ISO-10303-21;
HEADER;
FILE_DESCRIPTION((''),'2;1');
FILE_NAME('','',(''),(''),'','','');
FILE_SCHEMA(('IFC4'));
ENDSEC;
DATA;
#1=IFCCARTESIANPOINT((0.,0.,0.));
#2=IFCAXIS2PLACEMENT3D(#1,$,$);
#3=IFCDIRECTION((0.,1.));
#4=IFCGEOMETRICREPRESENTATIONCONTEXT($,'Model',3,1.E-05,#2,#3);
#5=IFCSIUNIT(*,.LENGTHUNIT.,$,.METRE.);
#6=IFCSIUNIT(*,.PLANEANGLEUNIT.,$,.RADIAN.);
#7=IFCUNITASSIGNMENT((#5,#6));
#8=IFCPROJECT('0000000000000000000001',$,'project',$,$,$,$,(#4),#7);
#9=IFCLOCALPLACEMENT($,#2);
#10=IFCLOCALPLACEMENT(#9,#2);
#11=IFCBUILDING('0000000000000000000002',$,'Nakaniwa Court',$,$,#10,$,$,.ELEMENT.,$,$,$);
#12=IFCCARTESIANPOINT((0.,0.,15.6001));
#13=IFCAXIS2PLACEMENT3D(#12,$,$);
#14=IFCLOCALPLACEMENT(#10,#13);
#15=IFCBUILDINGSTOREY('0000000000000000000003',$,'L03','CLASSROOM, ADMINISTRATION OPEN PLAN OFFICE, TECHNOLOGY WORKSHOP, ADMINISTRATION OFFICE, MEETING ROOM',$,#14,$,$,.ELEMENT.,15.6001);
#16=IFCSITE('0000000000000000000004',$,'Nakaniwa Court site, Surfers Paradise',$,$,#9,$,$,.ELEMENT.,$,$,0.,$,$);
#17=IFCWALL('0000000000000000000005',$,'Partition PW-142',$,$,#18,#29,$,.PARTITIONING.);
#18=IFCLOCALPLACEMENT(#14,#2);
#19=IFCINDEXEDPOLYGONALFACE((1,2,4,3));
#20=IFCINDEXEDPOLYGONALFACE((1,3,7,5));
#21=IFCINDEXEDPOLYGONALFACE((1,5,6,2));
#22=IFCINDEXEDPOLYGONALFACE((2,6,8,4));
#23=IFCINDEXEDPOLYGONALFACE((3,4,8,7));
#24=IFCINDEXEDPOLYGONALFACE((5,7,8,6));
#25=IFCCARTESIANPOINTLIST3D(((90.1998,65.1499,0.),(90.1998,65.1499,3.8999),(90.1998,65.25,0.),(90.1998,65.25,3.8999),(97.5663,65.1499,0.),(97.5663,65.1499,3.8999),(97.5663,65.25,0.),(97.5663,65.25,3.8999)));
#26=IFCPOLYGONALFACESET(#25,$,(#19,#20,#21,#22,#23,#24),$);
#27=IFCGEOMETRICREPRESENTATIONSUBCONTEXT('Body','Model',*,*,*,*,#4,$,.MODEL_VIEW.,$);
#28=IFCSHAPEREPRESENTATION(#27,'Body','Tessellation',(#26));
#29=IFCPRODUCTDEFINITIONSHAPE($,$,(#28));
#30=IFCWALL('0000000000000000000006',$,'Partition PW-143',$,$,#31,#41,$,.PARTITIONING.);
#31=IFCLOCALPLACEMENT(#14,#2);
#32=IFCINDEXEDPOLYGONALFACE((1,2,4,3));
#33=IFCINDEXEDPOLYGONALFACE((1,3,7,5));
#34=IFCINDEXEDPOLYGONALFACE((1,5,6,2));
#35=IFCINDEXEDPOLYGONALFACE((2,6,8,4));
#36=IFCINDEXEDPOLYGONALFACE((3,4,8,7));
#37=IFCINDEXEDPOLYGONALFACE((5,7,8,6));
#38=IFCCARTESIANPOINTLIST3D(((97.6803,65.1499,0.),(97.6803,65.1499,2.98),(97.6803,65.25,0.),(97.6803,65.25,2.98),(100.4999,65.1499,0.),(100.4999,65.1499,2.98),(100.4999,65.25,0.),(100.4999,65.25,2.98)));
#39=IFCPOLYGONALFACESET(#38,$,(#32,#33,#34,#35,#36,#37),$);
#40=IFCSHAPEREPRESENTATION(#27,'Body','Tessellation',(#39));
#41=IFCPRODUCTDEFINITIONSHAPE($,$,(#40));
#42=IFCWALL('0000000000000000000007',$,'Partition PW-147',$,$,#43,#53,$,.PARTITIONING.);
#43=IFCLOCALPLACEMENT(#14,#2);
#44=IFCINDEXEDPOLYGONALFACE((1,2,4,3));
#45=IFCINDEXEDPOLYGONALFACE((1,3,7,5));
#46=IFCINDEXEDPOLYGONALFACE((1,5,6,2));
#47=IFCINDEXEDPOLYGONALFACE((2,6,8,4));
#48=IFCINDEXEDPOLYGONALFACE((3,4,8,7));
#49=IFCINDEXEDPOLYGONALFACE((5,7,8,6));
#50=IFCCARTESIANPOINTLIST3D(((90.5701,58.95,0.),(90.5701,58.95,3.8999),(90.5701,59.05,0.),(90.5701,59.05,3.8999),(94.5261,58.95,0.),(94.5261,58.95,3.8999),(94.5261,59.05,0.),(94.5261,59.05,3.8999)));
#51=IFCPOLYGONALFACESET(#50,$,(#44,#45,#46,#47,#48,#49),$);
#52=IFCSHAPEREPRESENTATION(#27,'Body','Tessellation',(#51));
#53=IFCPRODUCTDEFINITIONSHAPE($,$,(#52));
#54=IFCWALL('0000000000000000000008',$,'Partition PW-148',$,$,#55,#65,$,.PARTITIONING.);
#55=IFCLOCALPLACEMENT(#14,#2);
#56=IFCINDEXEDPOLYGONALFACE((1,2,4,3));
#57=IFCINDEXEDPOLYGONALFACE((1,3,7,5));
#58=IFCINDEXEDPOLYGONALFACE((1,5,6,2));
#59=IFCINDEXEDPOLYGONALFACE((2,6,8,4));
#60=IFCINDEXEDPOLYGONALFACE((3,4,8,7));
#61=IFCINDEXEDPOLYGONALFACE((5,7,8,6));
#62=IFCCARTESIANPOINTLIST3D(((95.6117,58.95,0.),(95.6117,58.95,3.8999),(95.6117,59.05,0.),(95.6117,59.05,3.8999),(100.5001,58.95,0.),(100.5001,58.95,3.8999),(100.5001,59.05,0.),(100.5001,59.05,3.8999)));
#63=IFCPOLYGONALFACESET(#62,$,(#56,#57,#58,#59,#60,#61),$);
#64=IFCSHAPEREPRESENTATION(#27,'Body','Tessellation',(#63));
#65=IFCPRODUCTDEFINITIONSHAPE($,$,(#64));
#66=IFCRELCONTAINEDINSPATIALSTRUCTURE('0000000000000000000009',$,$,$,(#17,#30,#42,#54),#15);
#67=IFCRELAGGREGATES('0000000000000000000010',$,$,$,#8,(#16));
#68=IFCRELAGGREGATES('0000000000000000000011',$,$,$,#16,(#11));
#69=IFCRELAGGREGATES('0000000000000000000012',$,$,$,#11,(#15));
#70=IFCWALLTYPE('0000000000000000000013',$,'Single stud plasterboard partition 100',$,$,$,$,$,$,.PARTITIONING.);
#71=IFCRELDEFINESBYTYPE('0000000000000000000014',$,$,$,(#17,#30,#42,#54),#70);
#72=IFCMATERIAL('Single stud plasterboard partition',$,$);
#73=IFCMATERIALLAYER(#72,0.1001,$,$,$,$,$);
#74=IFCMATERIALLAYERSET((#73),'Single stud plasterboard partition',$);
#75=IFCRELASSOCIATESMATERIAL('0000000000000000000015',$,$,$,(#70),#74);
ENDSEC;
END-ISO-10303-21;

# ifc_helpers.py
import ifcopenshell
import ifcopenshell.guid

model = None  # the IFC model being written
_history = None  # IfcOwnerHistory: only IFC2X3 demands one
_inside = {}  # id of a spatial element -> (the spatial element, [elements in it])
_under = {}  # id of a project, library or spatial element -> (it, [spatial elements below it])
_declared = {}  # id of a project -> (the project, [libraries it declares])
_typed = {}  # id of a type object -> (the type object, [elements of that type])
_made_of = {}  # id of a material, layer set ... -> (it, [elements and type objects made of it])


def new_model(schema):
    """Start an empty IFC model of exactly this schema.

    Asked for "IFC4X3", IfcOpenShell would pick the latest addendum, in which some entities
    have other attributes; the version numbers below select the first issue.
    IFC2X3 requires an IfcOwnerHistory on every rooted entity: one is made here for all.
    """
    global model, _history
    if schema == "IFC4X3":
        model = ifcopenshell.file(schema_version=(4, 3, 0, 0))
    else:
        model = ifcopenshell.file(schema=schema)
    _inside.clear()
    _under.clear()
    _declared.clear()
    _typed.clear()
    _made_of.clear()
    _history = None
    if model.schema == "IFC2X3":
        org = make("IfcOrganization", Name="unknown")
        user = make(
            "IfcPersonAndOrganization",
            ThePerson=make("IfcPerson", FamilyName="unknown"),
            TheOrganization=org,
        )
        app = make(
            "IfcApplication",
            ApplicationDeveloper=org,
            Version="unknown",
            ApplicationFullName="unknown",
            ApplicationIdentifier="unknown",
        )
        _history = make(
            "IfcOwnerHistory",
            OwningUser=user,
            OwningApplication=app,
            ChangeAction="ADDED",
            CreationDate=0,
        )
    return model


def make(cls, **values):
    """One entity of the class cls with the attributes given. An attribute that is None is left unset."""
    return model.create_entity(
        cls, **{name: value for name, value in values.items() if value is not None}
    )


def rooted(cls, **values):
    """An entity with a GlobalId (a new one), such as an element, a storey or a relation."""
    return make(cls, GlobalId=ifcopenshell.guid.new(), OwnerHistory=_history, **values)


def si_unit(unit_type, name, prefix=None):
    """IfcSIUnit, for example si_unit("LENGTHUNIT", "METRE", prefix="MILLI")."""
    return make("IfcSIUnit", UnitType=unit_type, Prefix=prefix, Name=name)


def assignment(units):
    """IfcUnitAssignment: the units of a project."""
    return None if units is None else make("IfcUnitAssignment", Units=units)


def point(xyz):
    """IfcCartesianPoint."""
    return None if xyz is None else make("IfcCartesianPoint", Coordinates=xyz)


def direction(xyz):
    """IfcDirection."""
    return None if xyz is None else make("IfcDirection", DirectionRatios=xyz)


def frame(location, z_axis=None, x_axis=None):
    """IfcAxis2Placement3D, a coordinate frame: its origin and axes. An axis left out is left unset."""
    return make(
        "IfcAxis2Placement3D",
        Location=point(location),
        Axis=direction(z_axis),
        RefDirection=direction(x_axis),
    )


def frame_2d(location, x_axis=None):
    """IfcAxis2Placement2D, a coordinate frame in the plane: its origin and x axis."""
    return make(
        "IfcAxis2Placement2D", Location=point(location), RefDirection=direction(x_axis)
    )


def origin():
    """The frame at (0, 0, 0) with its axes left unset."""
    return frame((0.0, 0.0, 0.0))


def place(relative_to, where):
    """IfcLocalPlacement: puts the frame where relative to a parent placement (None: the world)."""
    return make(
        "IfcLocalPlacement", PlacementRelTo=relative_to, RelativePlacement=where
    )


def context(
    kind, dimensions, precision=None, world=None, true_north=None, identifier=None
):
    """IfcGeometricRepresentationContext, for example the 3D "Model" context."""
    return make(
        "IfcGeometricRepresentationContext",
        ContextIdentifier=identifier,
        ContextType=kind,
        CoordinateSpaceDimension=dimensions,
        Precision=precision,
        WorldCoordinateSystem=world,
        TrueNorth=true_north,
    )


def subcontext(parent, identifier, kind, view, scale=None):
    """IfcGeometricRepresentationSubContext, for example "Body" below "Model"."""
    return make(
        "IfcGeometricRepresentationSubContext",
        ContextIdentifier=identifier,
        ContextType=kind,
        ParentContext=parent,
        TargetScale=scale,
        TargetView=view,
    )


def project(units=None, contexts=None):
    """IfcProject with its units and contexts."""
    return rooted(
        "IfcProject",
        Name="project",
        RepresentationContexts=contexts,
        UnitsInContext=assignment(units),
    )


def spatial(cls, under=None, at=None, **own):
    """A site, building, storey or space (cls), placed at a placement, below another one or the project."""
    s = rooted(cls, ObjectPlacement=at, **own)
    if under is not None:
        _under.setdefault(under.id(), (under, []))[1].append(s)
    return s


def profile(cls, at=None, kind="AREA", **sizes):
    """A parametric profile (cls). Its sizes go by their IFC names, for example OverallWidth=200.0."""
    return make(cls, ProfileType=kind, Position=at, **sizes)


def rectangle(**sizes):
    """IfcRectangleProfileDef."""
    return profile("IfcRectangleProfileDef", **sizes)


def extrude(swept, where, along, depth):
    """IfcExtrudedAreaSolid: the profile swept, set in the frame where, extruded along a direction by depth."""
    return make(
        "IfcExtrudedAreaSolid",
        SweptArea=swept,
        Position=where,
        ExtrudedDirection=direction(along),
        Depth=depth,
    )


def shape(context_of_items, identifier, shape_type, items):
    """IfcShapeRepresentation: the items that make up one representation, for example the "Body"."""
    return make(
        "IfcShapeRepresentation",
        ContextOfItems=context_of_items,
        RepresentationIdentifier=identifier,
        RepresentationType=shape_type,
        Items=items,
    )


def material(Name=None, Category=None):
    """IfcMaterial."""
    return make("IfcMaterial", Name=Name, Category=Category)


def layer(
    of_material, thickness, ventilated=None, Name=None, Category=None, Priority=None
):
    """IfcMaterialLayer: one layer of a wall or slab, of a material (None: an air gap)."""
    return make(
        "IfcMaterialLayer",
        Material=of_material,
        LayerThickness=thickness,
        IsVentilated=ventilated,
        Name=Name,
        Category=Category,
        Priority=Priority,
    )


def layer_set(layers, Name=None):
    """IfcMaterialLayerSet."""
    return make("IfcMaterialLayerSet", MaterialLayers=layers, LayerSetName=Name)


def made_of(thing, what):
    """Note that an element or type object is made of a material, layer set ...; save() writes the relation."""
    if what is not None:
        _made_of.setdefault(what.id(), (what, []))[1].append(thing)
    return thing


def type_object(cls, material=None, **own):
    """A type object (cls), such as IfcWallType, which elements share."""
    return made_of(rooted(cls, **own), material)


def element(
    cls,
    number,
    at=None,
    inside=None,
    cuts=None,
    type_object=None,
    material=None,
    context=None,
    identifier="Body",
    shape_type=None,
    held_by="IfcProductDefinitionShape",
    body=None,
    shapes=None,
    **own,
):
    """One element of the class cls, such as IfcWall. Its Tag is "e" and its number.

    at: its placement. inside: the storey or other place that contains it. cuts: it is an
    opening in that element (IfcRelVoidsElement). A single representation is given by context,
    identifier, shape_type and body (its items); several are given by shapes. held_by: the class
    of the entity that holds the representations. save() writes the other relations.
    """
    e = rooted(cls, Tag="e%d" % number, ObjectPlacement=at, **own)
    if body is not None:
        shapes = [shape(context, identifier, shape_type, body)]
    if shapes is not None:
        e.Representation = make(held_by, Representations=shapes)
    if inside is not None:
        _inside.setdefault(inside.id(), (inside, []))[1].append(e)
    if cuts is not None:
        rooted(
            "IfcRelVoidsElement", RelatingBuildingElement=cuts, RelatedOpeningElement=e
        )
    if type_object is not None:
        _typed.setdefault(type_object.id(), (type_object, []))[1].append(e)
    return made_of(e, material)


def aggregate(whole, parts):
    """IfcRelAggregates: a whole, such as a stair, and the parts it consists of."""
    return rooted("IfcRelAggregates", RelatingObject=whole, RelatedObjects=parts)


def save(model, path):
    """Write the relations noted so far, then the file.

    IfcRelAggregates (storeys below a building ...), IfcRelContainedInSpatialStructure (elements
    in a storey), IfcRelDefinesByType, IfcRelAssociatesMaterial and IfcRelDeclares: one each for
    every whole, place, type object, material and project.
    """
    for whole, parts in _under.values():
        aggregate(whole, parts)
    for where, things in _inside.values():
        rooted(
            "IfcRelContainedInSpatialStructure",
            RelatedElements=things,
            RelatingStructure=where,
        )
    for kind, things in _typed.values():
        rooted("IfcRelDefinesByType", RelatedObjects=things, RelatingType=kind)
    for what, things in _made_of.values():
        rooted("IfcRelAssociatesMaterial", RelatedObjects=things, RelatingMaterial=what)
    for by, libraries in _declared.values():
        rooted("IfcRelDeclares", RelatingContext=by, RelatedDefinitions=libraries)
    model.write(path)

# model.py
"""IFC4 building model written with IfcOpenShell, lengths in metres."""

from ifc_helpers import new_model, si_unit, direction, frame, frame_2d, origin, place, context, subcontext, project, spatial, rectangle, extrude, material, layer, layer_set, type_object, element, save


model = new_model("IFC4")

# Units and contexts
model_context = context("Model", 3, precision=1e-05, world=origin(), true_north=direction((0.0, 1.0)))
body_context = subcontext(model_context, "Body", "Model", "MODEL_VIEW")
ifc_project = project(units=[si_unit("LENGTHUNIT", "METRE"), si_unit("PLANEANGLEUNIT", "RADIAN")], contexts=[model_context])

# Site, building, storey
site_placement = place(None, origin())
site = spatial("IfcSite", under=ifc_project, at=site_placement, Name="Nakaniwa Court site, Surfers Paradise", CompositionType="ELEMENT", RefElevation=0.0)
building_placement = place(site_placement, origin())
building = spatial("IfcBuilding", under=site, at=building_placement, Name="Nakaniwa Court", CompositionType="ELEMENT")
storey_placement = place(building_placement, frame((0.0, 0.0, 15.6001)))
storey = spatial("IfcBuildingStorey", under=building, at=storey_placement, Name="L03", Description="CLASSROOM, ADMINISTRATION OPEN PLAN OFFICE, TECHNOLOGY WORKSHOP, ADMINISTRATION OFFICE, MEETING ROOM", CompositionType="ELEMENT", Elevation=15.6001)

# Walls
ifc_material_1 = material(Name="Single stud plasterboard partition")
ifc_layer_1 = layer(ifc_material_1, 0.1001)
ifc_layer_set_1 = layer_set([ifc_layer_1], Name="Single stud plasterboard partition")
wall_type_1 = type_object("IfcWallType", Name="Single stud plasterboard partition 100", PredefinedType="PARTITIONING", material=ifc_layer_set_1)
wall_1_placement = place(storey_placement, frame((90.2, 65.2, 0.0), z_axis=(0.0, 0.0, 1.0), x_axis=(1.0, 0.0, 0.0)))
element("IfcWall", 1, at=wall_1_placement, inside=storey, type_object=wall_type_1, Name="Partition PW-142", PredefinedType="PARTITIONING", context=body_context, shape_type="SweptSolid", body=[
    extrude(rectangle(XDim=7.3665, YDim=0.1001, at=frame_2d((3.6831, 0.0))), origin(), (0.0, 0.0, 1.0), 3.8999),
])
wall_2_placement = place(storey_placement, frame((97.6804, 65.2, 0.0), z_axis=(0.0, 0.0, 1.0), x_axis=(1.0, 0.0, 0.0)))
element("IfcWall", 2, at=wall_2_placement, inside=storey, type_object=wall_type_1, Name="Partition PW-143", PredefinedType="PARTITIONING", context=body_context, shape_type="SweptSolid", body=[
    extrude(rectangle(XDim=2.8196, YDim=0.1001, at=frame_2d((1.4097, 0.0))), origin(), (0.0, 0.0, 1.0), 2.98),
])
wall_3_placement = place(storey_placement, frame((90.5701, 59.0, 0.0), z_axis=(0.0, 0.0, 1.0), x_axis=(1.0, 0.0, 0.0)))
element("IfcWall", 3, at=wall_3_placement, inside=storey, type_object=wall_type_1, Name="Partition PW-147", PredefinedType="PARTITIONING", context=body_context, shape_type="SweptSolid", body=[
    extrude(rectangle(XDim=3.9561, YDim=0.1001, at=frame_2d((1.978, 0.0))), origin(), (0.0, 0.0, 1.0), 3.8999),
])
wall_4_placement = place(storey_placement, frame((95.6116, 59.0, 0.0), z_axis=(0.0, 0.0, 1.0), x_axis=(1.0, 0.0, 0.0)))
element("IfcWall", 4, at=wall_4_placement, inside=storey, type_object=wall_type_1, Name="Partition PW-148", PredefinedType="PARTITIONING", context=body_context, shape_type="SweptSolid", body=[
    extrude(rectangle(XDim=4.8884, YDim=0.1001, at=frame_2d((2.4443, 0.0))), origin(), (0.0, 0.0, 1.0), 3.8999),
])

save(model, "model.ifc")
